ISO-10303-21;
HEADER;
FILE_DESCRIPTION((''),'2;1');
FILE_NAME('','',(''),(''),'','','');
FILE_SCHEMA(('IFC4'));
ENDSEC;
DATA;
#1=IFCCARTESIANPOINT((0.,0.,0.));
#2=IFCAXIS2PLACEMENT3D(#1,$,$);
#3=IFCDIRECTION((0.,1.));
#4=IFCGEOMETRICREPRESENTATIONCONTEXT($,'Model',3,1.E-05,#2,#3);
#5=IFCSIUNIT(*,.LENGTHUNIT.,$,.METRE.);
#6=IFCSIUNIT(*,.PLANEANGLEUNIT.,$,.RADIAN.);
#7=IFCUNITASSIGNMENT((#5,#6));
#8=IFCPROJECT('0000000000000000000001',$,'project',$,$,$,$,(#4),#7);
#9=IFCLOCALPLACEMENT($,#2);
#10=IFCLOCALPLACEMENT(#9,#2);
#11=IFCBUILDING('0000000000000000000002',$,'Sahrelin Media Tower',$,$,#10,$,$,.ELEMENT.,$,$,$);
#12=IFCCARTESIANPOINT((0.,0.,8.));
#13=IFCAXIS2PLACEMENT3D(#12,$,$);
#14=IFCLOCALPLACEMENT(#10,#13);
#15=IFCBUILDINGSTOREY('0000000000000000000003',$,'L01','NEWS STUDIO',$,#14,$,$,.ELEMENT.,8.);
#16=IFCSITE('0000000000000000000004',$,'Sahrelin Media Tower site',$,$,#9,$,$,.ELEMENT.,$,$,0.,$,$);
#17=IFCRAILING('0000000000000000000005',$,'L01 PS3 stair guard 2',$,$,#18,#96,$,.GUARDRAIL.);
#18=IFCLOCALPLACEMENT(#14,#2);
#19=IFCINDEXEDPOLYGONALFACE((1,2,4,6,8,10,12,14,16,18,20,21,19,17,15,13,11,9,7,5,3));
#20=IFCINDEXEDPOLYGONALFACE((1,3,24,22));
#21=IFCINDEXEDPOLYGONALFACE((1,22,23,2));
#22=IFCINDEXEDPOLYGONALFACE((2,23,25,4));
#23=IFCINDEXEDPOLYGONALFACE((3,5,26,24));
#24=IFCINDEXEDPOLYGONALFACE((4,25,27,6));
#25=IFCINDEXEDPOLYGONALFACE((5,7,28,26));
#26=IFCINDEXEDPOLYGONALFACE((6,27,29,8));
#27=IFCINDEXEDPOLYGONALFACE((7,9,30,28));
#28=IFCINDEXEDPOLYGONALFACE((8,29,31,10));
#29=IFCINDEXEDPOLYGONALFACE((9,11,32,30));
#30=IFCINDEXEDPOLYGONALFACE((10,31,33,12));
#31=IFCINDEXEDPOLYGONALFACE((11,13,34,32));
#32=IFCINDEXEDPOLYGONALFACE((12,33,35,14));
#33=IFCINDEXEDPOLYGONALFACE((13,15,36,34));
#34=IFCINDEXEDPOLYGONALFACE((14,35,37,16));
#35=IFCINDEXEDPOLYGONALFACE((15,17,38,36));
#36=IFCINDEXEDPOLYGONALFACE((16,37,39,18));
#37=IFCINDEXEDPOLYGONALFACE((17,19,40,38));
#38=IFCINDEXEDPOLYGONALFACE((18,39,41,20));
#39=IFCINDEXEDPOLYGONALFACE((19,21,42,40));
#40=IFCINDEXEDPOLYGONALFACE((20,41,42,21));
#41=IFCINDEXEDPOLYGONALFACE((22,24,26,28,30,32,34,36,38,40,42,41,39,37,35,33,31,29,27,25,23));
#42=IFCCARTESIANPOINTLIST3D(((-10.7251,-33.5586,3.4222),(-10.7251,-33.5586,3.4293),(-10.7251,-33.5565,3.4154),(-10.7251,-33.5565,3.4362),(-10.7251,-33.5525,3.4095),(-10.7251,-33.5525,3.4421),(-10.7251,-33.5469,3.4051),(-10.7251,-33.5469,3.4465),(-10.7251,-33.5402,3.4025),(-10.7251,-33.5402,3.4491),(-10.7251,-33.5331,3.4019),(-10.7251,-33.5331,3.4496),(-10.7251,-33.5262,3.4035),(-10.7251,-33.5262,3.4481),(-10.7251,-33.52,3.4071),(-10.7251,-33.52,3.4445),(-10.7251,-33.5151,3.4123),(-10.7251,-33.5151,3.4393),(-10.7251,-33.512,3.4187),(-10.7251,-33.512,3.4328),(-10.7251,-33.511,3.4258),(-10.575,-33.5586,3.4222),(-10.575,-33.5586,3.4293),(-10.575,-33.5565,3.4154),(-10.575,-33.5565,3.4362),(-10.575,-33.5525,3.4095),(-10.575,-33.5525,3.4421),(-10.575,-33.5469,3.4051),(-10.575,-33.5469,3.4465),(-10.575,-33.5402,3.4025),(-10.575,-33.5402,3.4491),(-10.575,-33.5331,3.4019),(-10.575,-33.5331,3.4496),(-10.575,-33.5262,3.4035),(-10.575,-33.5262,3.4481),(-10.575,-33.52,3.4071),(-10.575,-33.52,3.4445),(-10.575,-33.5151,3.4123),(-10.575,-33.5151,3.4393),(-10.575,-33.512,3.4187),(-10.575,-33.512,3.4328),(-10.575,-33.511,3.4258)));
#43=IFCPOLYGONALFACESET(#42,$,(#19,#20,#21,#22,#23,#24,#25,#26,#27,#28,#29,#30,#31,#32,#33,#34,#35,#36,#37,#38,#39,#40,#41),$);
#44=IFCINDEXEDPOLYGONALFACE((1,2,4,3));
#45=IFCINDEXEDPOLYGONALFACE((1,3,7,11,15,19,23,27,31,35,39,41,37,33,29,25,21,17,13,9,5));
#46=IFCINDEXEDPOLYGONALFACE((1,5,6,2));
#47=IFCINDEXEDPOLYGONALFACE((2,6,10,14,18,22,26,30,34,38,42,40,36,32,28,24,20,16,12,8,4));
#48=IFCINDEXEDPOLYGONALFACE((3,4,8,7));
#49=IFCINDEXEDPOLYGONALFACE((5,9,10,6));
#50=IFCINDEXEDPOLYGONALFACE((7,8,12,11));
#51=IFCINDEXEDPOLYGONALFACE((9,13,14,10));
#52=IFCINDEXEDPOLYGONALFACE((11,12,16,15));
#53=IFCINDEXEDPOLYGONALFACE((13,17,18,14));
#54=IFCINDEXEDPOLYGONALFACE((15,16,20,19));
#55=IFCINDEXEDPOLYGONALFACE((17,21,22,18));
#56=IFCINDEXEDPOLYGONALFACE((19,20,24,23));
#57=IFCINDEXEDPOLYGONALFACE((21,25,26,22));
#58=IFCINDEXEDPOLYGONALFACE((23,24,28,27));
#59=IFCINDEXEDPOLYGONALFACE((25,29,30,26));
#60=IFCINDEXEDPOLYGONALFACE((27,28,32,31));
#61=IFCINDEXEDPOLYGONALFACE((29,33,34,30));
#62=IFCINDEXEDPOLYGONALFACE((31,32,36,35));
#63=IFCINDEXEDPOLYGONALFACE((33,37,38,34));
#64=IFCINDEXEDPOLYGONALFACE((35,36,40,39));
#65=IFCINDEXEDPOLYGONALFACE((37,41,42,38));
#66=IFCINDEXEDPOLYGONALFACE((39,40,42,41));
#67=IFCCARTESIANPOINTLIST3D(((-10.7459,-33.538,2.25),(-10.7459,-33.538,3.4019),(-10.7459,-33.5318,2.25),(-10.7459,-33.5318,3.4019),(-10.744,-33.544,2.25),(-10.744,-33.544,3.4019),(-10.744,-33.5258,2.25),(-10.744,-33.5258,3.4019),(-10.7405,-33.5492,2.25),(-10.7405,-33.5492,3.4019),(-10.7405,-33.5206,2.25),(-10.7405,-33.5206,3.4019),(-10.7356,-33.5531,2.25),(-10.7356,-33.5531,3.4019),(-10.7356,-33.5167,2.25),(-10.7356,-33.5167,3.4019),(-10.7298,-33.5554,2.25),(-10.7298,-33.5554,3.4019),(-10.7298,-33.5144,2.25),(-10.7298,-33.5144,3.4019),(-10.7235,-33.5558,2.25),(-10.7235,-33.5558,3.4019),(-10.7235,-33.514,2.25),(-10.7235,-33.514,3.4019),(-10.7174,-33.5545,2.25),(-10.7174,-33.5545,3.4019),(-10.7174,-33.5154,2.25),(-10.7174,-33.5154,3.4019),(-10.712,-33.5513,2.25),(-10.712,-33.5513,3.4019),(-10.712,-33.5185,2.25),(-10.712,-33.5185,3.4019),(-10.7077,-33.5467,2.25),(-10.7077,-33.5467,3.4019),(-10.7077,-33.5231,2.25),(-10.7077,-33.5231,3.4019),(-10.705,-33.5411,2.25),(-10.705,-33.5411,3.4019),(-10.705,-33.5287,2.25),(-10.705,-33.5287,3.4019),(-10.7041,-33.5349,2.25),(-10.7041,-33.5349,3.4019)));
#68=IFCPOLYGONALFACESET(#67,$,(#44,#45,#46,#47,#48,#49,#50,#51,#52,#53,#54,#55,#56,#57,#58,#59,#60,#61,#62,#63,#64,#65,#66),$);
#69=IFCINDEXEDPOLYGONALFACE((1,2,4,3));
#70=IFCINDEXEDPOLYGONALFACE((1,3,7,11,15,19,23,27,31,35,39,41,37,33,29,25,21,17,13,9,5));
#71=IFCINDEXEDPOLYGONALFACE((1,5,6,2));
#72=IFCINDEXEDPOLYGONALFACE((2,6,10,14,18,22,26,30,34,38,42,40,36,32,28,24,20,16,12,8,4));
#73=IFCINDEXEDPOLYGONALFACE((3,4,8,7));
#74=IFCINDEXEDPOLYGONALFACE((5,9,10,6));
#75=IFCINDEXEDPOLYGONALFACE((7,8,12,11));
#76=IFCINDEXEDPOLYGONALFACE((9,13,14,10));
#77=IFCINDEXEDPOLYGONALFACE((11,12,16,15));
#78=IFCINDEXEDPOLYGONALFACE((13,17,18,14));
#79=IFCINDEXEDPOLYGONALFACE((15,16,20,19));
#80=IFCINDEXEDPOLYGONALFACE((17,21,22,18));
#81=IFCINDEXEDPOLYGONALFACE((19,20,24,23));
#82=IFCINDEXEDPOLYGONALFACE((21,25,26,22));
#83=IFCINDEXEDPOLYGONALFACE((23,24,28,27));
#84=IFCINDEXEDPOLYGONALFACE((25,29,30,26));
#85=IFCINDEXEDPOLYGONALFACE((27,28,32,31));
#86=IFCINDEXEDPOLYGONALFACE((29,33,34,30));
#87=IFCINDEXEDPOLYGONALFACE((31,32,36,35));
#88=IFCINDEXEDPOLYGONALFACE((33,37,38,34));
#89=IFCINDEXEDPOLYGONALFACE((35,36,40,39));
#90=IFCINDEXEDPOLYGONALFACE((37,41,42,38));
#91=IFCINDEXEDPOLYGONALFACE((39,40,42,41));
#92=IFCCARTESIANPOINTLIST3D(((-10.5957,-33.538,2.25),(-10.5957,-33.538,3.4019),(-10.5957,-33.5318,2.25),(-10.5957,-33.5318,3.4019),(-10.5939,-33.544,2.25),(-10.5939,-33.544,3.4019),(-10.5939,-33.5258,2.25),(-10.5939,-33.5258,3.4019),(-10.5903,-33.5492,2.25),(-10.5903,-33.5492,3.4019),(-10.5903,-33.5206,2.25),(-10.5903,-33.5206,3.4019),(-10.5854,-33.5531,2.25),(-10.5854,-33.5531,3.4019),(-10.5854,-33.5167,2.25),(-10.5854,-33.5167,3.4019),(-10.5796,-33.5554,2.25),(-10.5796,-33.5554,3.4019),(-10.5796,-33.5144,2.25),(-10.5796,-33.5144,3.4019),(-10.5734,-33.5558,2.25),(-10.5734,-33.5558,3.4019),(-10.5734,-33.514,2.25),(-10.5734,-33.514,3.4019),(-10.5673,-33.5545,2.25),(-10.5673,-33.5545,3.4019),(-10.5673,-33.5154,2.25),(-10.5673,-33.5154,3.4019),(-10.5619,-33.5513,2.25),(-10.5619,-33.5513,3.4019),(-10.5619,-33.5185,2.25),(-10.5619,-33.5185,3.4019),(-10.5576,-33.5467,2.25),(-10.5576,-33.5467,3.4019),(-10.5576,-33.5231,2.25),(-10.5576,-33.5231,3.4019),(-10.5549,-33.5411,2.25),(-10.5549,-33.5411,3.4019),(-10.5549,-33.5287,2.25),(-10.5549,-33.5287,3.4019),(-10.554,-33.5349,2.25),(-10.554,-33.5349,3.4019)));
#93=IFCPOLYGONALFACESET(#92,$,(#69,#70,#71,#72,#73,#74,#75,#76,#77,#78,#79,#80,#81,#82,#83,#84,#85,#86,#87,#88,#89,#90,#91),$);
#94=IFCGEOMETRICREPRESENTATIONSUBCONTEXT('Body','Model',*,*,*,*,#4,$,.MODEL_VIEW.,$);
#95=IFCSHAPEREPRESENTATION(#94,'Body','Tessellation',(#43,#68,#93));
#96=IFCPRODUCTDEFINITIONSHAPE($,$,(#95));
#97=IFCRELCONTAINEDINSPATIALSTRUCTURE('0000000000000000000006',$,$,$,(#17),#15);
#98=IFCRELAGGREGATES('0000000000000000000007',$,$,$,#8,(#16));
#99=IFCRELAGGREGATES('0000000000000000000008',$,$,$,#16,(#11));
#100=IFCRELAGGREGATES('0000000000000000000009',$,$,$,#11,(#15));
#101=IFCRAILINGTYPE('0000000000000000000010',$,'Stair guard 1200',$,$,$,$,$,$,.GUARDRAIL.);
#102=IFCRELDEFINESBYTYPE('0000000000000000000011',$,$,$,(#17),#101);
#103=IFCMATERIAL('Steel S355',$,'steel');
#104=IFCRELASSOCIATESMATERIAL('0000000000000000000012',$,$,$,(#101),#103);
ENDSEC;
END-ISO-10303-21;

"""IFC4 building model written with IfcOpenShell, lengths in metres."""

from ifc_helpers import new_model, si_unit, direction, frame, origin, origin_2d, place, context, subcontext, project, spatial, circle, extrude, material, type_object, element, save


model = new_model("IFC4")

# Units and contexts
model_context = context("Model", 3, precision=1e-05, world=origin(), true_north=direction((0.0, 1.0)))
body_context = subcontext(model_context, "Body", "Model", "MODEL_VIEW")
ifc_project = project(units=[si_unit("LENGTHUNIT", "METRE"), si_unit("PLANEANGLEUNIT", "RADIAN")], contexts=[model_context])

# Site, building, storey
site_placement = place(None, origin())
site = spatial("IfcSite", under=ifc_project, at=site_placement, Name="Sahrelin Media Tower site", CompositionType="ELEMENT", RefElevation=0.0)
building_placement = place(site_placement, origin())
building = spatial("IfcBuilding", under=site, at=building_placement, Name="Sahrelin Media Tower", CompositionType="ELEMENT")
storey_placement = place(building_placement, frame((0.0, 0.0, 8.0)))
storey = spatial("IfcBuildingStorey", under=building, at=storey_placement, Name="L01", Description="NEWS STUDIO", CompositionType="ELEMENT", Elevation=8.0)

# Shared definitions
ifc_material_1 = material(Name="Steel S355", Category="steel")

# Railing
railing_type_1 = type_object("IfcRailingType", Name="Stair guard 1200", PredefinedType="GUARDRAIL", material=ifc_material_1)
railing_1_placement = place(storey_placement, frame((-10.7251, -33.5349, 2.25)))
element("IfcRailing", 1, at=railing_1_placement, inside=storey, type_object=railing_type_1, Name="L01 PS3 stair guard 2", PredefinedType="GUARDRAIL", context=body_context, shape_type="SweptSolid", body=[
    extrude(circle(Radius=0.0239, at=origin_2d()), frame((0.0, 0.0, 1.1758), z_axis=(1.0, 0.0, 0.0), x_axis=(0.0, 1.0, 0.0)), (0.0, 0.0, 1.0), 0.1501),
    extrude(circle(Radius=0.021, at=origin_2d()), origin(), (0.0, 0.0, 1.0), 1.1519),
    extrude(circle(Radius=0.021, at=origin_2d()), frame((0.1501, 0.0, 0.0)), (0.0, 0.0, 1.0), 1.1519),
])

save(model, "model.ifc")
